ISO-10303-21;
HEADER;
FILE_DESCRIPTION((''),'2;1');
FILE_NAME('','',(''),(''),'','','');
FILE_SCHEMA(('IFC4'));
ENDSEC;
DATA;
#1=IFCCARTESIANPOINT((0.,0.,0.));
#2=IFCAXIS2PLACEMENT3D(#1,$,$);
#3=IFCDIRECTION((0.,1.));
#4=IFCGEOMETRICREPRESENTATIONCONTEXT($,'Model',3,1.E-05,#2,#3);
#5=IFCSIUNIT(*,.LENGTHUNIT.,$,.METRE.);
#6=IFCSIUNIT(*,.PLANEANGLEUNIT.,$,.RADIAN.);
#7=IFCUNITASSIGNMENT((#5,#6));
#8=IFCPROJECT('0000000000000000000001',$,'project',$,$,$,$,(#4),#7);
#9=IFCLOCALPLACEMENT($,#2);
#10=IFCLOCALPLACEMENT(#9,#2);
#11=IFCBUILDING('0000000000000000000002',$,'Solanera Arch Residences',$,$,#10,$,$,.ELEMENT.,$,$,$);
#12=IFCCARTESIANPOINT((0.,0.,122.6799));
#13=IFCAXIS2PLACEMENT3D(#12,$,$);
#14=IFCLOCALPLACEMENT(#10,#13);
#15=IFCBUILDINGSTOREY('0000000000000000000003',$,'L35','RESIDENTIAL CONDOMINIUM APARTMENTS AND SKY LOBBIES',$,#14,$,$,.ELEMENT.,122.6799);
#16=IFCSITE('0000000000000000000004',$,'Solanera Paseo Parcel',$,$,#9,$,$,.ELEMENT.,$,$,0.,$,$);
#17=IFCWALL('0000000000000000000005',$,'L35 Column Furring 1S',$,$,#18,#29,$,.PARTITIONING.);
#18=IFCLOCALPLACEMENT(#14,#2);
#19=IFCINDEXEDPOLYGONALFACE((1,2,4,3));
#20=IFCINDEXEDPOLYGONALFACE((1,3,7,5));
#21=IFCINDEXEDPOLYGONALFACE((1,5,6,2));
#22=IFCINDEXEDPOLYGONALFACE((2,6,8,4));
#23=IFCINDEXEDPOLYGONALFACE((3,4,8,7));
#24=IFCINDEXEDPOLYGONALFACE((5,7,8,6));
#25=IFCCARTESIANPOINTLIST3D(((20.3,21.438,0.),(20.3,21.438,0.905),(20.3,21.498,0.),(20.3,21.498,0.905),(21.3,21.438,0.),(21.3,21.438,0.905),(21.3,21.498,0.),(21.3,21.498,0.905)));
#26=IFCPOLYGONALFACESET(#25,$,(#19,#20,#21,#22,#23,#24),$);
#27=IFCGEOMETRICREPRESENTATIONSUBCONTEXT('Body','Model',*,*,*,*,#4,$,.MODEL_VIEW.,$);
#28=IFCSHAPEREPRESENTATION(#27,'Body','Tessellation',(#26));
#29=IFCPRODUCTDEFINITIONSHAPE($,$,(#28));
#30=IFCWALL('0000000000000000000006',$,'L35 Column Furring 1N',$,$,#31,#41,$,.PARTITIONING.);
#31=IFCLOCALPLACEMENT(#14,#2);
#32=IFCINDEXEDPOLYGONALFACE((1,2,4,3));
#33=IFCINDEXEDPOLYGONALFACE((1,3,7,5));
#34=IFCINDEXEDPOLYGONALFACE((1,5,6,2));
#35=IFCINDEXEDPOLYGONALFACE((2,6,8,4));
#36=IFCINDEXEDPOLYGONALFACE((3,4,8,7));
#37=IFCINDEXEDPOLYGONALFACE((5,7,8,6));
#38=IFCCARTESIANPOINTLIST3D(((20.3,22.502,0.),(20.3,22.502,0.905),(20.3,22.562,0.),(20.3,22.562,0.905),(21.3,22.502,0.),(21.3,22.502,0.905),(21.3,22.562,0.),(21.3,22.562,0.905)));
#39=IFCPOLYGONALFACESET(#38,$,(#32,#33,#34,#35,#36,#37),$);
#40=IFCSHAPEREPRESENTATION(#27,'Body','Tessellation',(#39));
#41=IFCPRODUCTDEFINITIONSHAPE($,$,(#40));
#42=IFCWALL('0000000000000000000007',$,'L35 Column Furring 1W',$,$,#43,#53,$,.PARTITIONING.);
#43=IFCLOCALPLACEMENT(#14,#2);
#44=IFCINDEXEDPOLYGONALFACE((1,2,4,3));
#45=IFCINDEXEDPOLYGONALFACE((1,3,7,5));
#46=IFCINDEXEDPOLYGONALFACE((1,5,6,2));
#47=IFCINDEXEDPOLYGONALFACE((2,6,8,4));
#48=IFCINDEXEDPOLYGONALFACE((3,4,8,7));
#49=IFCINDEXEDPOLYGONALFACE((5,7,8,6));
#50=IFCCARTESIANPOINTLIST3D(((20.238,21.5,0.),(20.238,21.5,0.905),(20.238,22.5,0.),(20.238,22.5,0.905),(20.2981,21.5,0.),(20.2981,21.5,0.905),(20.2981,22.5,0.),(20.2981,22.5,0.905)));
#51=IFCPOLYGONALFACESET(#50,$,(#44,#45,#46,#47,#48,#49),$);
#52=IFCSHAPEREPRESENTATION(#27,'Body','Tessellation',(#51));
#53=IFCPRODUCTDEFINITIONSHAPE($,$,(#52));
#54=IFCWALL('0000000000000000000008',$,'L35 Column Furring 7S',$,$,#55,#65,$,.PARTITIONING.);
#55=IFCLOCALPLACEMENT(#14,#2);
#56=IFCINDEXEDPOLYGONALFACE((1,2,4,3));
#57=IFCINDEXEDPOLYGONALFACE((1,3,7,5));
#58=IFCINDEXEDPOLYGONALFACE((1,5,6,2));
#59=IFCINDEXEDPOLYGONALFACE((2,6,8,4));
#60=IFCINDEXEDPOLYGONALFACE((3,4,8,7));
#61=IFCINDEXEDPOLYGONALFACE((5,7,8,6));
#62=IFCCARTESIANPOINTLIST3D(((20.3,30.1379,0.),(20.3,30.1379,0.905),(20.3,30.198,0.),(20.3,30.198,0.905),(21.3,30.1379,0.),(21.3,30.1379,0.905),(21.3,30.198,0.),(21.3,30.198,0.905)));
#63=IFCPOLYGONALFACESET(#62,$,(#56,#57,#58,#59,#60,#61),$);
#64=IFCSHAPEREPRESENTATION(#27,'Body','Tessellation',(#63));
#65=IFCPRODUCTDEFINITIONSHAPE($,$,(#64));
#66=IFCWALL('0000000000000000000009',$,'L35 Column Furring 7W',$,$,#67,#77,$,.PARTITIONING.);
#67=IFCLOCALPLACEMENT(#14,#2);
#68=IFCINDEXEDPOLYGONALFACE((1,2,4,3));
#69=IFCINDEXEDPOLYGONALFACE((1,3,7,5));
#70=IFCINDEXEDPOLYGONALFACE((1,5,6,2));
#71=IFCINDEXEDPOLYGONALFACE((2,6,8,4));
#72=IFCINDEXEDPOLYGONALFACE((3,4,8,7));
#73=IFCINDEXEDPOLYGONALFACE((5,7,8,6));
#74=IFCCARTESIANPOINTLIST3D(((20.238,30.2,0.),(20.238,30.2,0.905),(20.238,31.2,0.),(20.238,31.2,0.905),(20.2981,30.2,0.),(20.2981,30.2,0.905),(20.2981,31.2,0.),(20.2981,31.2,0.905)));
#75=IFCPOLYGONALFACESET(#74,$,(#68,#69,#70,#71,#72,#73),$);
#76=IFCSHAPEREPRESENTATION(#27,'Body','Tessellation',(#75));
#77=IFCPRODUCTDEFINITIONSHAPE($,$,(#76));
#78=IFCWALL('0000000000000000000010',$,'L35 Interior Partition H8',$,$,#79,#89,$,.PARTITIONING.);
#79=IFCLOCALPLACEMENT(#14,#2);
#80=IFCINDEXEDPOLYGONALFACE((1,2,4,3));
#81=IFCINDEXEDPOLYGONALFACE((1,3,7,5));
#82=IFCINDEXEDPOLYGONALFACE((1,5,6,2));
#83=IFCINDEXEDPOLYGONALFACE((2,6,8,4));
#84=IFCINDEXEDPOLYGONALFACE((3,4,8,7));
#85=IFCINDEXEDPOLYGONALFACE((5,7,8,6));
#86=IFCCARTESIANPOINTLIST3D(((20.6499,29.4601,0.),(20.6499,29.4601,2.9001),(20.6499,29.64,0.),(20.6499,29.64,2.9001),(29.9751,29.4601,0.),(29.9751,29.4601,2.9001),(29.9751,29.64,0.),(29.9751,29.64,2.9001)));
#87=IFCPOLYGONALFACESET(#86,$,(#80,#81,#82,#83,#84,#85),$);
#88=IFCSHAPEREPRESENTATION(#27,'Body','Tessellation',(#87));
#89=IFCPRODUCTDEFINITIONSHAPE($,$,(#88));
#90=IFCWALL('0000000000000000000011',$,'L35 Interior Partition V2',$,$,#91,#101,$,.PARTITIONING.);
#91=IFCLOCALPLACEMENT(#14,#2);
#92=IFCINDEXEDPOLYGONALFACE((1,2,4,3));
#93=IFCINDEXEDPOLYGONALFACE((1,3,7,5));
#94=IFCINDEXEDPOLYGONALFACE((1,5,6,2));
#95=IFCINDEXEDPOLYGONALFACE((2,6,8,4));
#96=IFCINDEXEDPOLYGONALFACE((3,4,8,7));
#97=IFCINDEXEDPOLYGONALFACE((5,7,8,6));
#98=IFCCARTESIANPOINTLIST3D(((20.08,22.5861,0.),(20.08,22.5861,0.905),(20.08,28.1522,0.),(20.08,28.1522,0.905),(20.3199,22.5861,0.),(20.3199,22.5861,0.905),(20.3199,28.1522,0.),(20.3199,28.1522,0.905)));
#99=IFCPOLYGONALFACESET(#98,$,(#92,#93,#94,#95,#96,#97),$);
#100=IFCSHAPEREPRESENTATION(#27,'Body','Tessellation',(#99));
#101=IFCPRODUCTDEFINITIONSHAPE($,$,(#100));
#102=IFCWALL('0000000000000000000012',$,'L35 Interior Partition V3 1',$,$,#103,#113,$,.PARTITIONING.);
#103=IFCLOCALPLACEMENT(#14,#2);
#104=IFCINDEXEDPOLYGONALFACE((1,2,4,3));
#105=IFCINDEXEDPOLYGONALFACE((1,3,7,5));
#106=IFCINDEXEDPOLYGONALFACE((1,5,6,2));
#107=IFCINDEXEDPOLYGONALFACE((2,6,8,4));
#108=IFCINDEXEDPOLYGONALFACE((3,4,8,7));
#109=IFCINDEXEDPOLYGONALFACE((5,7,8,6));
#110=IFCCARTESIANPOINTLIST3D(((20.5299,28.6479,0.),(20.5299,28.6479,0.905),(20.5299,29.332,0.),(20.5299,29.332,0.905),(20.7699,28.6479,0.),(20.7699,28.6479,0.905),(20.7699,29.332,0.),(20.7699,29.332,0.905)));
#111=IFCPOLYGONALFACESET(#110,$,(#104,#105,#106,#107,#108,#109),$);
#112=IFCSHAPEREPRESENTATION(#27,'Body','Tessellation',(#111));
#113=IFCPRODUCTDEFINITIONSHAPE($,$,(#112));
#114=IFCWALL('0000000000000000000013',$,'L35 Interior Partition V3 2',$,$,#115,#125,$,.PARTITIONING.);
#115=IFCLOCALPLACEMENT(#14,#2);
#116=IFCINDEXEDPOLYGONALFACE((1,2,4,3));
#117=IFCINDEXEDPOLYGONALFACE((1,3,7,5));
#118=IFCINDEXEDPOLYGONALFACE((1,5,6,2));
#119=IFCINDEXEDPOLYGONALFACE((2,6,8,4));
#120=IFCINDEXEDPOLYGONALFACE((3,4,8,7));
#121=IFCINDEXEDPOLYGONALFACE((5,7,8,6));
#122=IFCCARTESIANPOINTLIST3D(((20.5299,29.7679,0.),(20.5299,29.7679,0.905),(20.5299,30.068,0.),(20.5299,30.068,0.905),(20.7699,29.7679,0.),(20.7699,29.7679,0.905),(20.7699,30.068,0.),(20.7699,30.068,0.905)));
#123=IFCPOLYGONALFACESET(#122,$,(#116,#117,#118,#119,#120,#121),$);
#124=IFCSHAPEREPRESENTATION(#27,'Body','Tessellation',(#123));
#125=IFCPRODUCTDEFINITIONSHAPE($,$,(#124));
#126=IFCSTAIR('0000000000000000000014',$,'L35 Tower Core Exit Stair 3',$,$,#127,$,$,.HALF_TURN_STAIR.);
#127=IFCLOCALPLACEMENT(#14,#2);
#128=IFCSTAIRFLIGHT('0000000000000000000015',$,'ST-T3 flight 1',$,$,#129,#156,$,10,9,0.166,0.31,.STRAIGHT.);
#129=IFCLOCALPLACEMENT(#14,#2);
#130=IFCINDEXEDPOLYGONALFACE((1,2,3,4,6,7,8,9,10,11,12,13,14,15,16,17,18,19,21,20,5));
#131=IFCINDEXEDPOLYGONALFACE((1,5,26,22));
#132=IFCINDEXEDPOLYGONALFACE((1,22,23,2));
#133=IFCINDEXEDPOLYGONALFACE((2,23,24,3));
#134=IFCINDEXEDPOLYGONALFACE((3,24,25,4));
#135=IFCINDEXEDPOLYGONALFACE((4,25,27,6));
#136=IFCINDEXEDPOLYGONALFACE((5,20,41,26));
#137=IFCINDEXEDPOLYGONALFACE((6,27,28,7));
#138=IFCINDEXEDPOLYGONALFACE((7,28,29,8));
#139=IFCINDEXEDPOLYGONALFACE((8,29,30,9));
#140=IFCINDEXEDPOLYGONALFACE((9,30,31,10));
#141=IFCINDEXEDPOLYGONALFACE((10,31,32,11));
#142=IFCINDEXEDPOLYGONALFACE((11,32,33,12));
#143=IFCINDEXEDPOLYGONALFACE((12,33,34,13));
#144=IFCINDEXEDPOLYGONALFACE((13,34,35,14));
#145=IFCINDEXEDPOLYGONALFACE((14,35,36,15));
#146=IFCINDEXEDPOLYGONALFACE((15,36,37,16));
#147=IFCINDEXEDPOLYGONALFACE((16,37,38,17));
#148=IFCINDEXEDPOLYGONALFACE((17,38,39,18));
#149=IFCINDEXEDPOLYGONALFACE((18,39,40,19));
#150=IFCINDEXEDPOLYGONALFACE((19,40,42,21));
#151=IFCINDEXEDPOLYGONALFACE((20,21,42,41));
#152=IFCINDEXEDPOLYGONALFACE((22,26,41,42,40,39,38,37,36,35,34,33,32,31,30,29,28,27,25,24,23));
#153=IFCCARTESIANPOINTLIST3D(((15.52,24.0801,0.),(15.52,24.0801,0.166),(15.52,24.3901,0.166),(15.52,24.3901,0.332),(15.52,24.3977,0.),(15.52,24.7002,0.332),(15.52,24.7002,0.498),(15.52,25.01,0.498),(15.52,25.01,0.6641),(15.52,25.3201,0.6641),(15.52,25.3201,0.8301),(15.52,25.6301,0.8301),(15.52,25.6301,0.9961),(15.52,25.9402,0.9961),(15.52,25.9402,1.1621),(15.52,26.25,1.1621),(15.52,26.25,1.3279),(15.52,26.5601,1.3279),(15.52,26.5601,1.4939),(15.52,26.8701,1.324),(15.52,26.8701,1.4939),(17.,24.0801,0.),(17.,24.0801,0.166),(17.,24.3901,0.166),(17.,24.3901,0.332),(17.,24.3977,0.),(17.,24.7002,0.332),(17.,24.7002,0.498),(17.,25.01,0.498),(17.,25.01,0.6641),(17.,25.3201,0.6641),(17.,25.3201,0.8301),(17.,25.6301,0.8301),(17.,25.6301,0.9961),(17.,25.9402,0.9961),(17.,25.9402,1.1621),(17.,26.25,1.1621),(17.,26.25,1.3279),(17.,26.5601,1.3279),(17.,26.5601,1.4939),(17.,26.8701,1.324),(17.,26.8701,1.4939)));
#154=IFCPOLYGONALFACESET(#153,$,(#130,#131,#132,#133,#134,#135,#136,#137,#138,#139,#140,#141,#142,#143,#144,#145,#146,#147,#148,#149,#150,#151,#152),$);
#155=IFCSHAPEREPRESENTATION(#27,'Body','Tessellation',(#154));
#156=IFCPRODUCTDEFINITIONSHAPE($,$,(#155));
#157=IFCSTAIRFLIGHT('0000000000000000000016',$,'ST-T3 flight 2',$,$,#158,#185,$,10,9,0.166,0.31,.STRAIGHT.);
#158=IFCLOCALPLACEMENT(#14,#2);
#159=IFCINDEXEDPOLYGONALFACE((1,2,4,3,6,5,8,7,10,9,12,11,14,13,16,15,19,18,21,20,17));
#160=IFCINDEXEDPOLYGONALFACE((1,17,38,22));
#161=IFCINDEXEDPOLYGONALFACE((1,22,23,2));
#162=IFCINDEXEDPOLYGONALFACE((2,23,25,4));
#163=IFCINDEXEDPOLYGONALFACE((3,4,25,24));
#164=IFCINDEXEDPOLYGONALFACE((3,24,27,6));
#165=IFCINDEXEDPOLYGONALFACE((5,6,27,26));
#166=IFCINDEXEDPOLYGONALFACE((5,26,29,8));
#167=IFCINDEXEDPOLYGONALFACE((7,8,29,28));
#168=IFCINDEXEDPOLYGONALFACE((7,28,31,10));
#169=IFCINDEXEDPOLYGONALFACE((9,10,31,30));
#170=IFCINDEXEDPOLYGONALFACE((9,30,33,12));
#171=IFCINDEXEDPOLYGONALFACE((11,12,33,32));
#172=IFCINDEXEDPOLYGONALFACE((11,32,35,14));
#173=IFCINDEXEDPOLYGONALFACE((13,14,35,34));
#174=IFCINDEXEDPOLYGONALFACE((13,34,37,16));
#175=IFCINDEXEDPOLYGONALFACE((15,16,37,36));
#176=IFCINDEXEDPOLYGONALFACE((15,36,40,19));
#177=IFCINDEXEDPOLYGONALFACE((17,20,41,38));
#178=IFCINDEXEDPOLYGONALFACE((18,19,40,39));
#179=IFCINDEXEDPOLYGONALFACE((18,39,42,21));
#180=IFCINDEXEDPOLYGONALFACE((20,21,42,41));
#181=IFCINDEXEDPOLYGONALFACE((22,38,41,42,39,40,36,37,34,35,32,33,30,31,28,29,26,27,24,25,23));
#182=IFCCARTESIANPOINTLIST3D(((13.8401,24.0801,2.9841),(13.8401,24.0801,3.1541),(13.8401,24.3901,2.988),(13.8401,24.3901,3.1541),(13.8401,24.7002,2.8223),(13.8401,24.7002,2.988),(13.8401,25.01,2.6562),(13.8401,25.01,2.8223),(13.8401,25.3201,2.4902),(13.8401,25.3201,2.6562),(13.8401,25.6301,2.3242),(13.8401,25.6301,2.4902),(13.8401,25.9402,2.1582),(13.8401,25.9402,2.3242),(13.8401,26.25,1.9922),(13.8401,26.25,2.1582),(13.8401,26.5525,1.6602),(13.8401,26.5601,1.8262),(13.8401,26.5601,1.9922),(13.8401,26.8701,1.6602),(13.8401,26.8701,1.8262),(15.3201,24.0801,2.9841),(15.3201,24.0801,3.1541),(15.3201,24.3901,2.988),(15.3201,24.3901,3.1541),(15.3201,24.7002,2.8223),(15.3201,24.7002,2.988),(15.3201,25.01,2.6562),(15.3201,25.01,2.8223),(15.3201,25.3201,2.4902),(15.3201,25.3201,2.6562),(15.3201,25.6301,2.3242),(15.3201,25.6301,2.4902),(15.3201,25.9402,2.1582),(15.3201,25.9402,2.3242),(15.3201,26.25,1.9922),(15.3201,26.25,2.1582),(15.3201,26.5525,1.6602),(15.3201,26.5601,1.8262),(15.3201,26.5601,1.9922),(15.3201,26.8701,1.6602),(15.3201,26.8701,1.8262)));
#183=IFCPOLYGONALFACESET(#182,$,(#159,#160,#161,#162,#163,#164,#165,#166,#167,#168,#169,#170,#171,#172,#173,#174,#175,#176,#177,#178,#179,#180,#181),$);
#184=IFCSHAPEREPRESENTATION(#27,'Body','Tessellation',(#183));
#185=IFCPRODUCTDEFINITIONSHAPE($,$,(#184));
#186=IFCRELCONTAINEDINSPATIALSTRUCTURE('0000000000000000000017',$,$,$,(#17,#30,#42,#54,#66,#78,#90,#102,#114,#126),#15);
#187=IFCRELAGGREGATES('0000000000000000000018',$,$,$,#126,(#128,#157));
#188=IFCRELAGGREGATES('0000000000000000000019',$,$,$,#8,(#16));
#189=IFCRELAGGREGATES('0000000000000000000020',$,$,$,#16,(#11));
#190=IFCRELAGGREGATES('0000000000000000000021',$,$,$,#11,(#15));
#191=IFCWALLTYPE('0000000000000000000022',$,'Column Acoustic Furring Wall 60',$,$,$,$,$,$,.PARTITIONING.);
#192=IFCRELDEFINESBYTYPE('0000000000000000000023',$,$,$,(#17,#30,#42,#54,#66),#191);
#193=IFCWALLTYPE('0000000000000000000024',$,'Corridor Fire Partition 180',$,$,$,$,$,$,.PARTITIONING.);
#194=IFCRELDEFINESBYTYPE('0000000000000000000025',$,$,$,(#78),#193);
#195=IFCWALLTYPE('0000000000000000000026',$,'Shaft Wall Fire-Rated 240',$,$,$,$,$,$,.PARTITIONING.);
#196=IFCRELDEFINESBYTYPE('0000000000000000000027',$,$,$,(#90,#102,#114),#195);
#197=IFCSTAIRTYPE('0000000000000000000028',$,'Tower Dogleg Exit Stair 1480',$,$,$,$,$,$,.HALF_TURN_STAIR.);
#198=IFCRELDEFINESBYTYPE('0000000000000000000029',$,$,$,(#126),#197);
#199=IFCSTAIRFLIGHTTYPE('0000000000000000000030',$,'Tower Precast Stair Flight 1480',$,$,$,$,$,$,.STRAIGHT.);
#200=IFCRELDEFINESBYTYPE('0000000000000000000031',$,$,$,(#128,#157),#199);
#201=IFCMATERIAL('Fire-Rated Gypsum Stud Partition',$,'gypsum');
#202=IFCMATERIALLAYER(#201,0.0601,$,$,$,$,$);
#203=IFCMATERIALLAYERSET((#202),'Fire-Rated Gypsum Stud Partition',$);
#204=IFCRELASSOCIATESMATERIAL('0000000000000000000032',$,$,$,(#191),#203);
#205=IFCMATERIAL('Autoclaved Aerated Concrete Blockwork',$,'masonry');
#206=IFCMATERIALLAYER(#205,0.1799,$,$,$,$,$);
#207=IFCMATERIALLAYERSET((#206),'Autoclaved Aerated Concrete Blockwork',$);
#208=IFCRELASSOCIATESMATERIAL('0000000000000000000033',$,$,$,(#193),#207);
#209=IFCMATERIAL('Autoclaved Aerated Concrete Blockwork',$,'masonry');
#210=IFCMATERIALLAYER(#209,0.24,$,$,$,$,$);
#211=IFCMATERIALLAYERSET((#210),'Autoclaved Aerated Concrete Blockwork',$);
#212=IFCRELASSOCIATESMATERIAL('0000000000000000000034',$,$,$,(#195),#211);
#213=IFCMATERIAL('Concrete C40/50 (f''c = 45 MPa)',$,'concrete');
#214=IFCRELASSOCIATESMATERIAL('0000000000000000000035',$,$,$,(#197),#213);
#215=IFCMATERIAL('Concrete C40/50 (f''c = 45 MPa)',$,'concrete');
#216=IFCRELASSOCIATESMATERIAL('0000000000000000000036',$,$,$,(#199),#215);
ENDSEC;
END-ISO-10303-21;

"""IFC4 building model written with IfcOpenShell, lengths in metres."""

from ifc_helpers import new_model, si_unit, direction, frame, frame_2d, origin, place, context, subcontext, project, spatial, polyline, rectangle, outline, extrude, material, layer, layer_set, type_object, element, aggregate, save


model = new_model("IFC4")

# Units and contexts
model_context = context("Model", 3, precision=1e-05, world=origin(), true_north=direction((0.0, 1.0)))
body_context = subcontext(model_context, "Body", "Model", "MODEL_VIEW")
ifc_project = project(units=[si_unit("LENGTHUNIT", "METRE"), si_unit("PLANEANGLEUNIT", "RADIAN")], contexts=[model_context])

# Site, building, storey
site_placement = place(None, origin())
site = spatial("IfcSite", under=ifc_project, at=site_placement, Name="Solanera Paseo Parcel", CompositionType="ELEMENT", RefElevation=0.0)
building_placement = place(site_placement, origin())
building = spatial("IfcBuilding", under=site, at=building_placement, Name="Solanera Arch Residences", CompositionType="ELEMENT")
storey_placement = place(building_placement, frame((0.0, 0.0, 122.6799)))
storey = spatial("IfcBuildingStorey", under=building, at=storey_placement, Name="L35", Description="RESIDENTIAL CONDOMINIUM APARTMENTS AND SKY LOBBIES", CompositionType="ELEMENT", Elevation=122.6799)

# Walls
ifc_material_1 = material(Name="Fire-Rated Gypsum Stud Partition", Category="gypsum")
ifc_layer_1 = layer(ifc_material_1, 0.0601)
ifc_layer_set_1 = layer_set([ifc_layer_1], Name="Fire-Rated Gypsum Stud Partition")
wall_type_1 = type_object("IfcWallType", Name="Column Acoustic Furring Wall 60", PredefinedType="PARTITIONING", material=ifc_layer_set_1)
for number, where, z_axis, x_axis, name in (
    (1, (20.3, 21.468, 0.0), (0.0, 0.0, 1.0), (1.0, 0.0, 0.0), "L35 Column Furring 1S"),
    (2, (20.3, 22.532, 0.0), (0.0, 0.0, 1.0), (1.0, 0.0, 0.0), "L35 Column Furring 1N"),
    (3, (20.2681, 21.5, 0.0), (0.0, 0.0, 1.0), (0.0, 1.0, 0.0), "L35 Column Furring 1W"),
    (4, (20.3, 30.168, 0.0), (0.0, 0.0, 1.0), (1.0, 0.0, 0.0), "L35 Column Furring 7S"),
    (5, (20.2681, 30.2, 0.0), (0.0, 0.0, 1.0), (0.0, 1.0, 0.0), "L35 Column Furring 7W"),
):
    element("IfcWall", number, at=place(storey_placement, frame(where, z_axis=z_axis, x_axis=x_axis)), inside=storey, type_object=wall_type_1, Name=name, PredefinedType="PARTITIONING", context=body_context, shape_type="SweptSolid", body=[
        extrude(rectangle(XDim=1.0, YDim=0.0601, at=frame_2d((0.5, 0.0))), origin(), (0.0, 0.0, 1.0), 0.905),
    ])

# Wall
ifc_material_2 = material(Name="Autoclaved Aerated Concrete Blockwork", Category="masonry")
ifc_layer_2 = layer(ifc_material_2, 0.1799)
ifc_layer_set_2 = layer_set([ifc_layer_2], Name="Autoclaved Aerated Concrete Blockwork")
wall_type_2 = type_object("IfcWallType", Name="Corridor Fire Partition 180", PredefinedType="PARTITIONING", material=ifc_layer_set_2)
wall_1_placement = place(storey_placement, frame((20.6499, 29.55, 0.0), z_axis=(0.0, 0.0, 1.0), x_axis=(1.0, 0.0, 0.0)))
element("IfcWall", 6, at=wall_1_placement, inside=storey, type_object=wall_type_2, Name="L35 Interior Partition H8", PredefinedType="PARTITIONING", context=body_context, shape_type="SweptSolid", body=[
    extrude(rectangle(XDim=9.3252, YDim=0.1799, at=frame_2d((4.6626, 0.0))), origin(), (0.0, 0.0, 1.0), 2.9001),
])

# Shared definitions
ifc_material_3 = material(Name="Autoclaved Aerated Concrete Blockwork", Category="masonry")
ifc_layer_3 = layer(ifc_material_3, 0.24)
ifc_layer_set_3 = layer_set([ifc_layer_3], Name="Autoclaved Aerated Concrete Blockwork")
wall_type_3 = type_object("IfcWallType", Name="Shaft Wall Fire-Rated 240", PredefinedType="PARTITIONING", material=ifc_layer_set_3)

# Walls
wall_2_placement = place(storey_placement, frame((20.2, 22.5859, 0.0), z_axis=(0.0, 0.0, 1.0), x_axis=(0.0, 1.0, 0.0)))
element("IfcWall", 7, at=wall_2_placement, inside=storey, type_object=wall_type_3, Name="L35 Interior Partition V2", PredefinedType="PARTITIONING", context=body_context, shape_type="SweptSolid", body=[
    extrude(rectangle(XDim=5.5662, YDim=0.24, at=frame_2d((2.7832, 0.0))), origin(), (0.0, 0.0, 1.0), 0.905),
])
wall_3_placement = place(storey_placement, frame((20.6499, 28.6479, 0.0), z_axis=(0.0, 0.0, 1.0), x_axis=(0.0, 1.0, 0.0)))
element("IfcWall", 8, at=wall_3_placement, inside=storey, type_object=wall_type_3, Name="L35 Interior Partition V3 1", PredefinedType="PARTITIONING", context=body_context, shape_type="SweptSolid", body=[
    extrude(rectangle(XDim=0.6841, YDim=0.24, at=frame_2d((0.342, 0.0))), origin(), (0.0, 0.0, 1.0), 0.905),
])
wall_4_placement = place(storey_placement, frame((20.6499, 29.7681, 0.0), z_axis=(0.0, 0.0, 1.0), x_axis=(0.0, 1.0, 0.0)))
element("IfcWall", 9, at=wall_4_placement, inside=storey, type_object=wall_type_3, Name="L35 Interior Partition V3 2", PredefinedType="PARTITIONING", context=body_context, shape_type="SweptSolid", body=[
    extrude(rectangle(XDim=0.3, YDim=0.24, at=frame_2d((0.1499, 0.0))), origin(), (0.0, 0.0, 1.0), 0.905),
])

# Stair, stair flights
ifc_material_4 = material(Name="Concrete C40/50 (f'c = 45 MPa)", Category="concrete")
stair_type = type_object("IfcStairType", Name="Tower Dogleg Exit Stair 1480", PredefinedType="HALF_TURN_STAIR", material=ifc_material_4)
stair_placement = place(storey_placement, origin())
stair = element("IfcStair", 10, at=stair_placement, inside=storey, type_object=stair_type, Name="L35 Tower Core Exit Stair 3", PredefinedType="HALF_TURN_STAIR")
ifc_material_5 = material(Name="Concrete C40/50 (f'c = 45 MPa)", Category="concrete")
stair_flight_type = type_object("IfcStairFlightType", Name="Tower Precast Stair Flight 1480", PredefinedType="STRAIGHT", material=ifc_material_5)
stair_flight_1_placement = place(storey_placement, frame((16.26, 24.0801, 0.0), z_axis=(0.0, 0.0, 1.0), x_axis=(0.0, 1.0, 0.0)))
stair_flight_1 = element("IfcStairFlight", 11, at=stair_flight_1_placement, type_object=stair_flight_type, Name="ST-T3 flight 1", NumberOfRisers=10, NumberOfTreads=9, PredefinedType="STRAIGHT", RiserHeight=0.166, TreadLength=0.31, context=body_context, shape_type="SweptSolid", body=[
    extrude(outline(polyline([(0.0, 0.0), (0.0, 0.166), (0.3101, 0.166), (0.3101, 0.332), (0.6201, 0.332), (0.6201, 0.498), (0.9299, 0.498), (0.9299, 0.6641), (1.24, 0.6641), (1.24, 0.8301), (1.55, 0.8301), (1.55, 0.9961), (1.8601, 0.9961), (1.8601, 1.1621), (2.1699, 1.1621), (2.1699, 1.3279), (2.48, 1.3279), (2.48, 1.4939), (2.79, 1.4939), (2.79, 1.6599), (2.79, 1.324), (0.3176, 0.0), (0.0, 0.0)])), frame((0.0, 0.74, 0.0), z_axis=(0.0, -1.0, 0.0), x_axis=(1.0, 0.0, 0.0)), (0.0, 0.0, 1.0), 1.48),
])
stair_flight_2_placement = place(storey_placement, frame((14.5801, 26.8701, 1.6602), z_axis=(0.0, 0.0, 1.0), x_axis=(0.0, -1.0, 0.0)))
stair_flight_2 = element("IfcStairFlight", 12, at=stair_flight_2_placement, type_object=stair_flight_type, Name="ST-T3 flight 2", NumberOfRisers=10, NumberOfTreads=9, PredefinedType="STRAIGHT", RiserHeight=0.166, TreadLength=0.31, context=body_context, shape_type="SweptSolid", body=[
    extrude(outline(polyline([(0.0, 0.0), (0.0, 0.166), (0.3101, 0.166), (0.3101, 0.332), (0.6201, 0.332), (0.6201, 0.498), (0.9299, 0.498), (0.9299, 0.6641), (1.24, 0.6641), (1.24, 0.8301), (1.55, 0.8301), (1.55, 0.9961), (1.8601, 0.9961), (1.8601, 1.1621), (2.1699, 1.1621), (2.1699, 1.3279), (2.48, 1.3279), (2.48, 1.4939), (2.79, 1.4939), (2.79, 1.6599), (2.79, 1.324), (0.3176, 0.0), (0.0, 0.0)])), frame((0.0, 0.74, 0.0), z_axis=(0.0, -1.0, 0.0), x_axis=(1.0, 0.0, 0.0)), (0.0, 0.0, 1.0), 1.48),
])
aggregate(stair, [stair_flight_1, stair_flight_2])

save(model, "model.ifc")
